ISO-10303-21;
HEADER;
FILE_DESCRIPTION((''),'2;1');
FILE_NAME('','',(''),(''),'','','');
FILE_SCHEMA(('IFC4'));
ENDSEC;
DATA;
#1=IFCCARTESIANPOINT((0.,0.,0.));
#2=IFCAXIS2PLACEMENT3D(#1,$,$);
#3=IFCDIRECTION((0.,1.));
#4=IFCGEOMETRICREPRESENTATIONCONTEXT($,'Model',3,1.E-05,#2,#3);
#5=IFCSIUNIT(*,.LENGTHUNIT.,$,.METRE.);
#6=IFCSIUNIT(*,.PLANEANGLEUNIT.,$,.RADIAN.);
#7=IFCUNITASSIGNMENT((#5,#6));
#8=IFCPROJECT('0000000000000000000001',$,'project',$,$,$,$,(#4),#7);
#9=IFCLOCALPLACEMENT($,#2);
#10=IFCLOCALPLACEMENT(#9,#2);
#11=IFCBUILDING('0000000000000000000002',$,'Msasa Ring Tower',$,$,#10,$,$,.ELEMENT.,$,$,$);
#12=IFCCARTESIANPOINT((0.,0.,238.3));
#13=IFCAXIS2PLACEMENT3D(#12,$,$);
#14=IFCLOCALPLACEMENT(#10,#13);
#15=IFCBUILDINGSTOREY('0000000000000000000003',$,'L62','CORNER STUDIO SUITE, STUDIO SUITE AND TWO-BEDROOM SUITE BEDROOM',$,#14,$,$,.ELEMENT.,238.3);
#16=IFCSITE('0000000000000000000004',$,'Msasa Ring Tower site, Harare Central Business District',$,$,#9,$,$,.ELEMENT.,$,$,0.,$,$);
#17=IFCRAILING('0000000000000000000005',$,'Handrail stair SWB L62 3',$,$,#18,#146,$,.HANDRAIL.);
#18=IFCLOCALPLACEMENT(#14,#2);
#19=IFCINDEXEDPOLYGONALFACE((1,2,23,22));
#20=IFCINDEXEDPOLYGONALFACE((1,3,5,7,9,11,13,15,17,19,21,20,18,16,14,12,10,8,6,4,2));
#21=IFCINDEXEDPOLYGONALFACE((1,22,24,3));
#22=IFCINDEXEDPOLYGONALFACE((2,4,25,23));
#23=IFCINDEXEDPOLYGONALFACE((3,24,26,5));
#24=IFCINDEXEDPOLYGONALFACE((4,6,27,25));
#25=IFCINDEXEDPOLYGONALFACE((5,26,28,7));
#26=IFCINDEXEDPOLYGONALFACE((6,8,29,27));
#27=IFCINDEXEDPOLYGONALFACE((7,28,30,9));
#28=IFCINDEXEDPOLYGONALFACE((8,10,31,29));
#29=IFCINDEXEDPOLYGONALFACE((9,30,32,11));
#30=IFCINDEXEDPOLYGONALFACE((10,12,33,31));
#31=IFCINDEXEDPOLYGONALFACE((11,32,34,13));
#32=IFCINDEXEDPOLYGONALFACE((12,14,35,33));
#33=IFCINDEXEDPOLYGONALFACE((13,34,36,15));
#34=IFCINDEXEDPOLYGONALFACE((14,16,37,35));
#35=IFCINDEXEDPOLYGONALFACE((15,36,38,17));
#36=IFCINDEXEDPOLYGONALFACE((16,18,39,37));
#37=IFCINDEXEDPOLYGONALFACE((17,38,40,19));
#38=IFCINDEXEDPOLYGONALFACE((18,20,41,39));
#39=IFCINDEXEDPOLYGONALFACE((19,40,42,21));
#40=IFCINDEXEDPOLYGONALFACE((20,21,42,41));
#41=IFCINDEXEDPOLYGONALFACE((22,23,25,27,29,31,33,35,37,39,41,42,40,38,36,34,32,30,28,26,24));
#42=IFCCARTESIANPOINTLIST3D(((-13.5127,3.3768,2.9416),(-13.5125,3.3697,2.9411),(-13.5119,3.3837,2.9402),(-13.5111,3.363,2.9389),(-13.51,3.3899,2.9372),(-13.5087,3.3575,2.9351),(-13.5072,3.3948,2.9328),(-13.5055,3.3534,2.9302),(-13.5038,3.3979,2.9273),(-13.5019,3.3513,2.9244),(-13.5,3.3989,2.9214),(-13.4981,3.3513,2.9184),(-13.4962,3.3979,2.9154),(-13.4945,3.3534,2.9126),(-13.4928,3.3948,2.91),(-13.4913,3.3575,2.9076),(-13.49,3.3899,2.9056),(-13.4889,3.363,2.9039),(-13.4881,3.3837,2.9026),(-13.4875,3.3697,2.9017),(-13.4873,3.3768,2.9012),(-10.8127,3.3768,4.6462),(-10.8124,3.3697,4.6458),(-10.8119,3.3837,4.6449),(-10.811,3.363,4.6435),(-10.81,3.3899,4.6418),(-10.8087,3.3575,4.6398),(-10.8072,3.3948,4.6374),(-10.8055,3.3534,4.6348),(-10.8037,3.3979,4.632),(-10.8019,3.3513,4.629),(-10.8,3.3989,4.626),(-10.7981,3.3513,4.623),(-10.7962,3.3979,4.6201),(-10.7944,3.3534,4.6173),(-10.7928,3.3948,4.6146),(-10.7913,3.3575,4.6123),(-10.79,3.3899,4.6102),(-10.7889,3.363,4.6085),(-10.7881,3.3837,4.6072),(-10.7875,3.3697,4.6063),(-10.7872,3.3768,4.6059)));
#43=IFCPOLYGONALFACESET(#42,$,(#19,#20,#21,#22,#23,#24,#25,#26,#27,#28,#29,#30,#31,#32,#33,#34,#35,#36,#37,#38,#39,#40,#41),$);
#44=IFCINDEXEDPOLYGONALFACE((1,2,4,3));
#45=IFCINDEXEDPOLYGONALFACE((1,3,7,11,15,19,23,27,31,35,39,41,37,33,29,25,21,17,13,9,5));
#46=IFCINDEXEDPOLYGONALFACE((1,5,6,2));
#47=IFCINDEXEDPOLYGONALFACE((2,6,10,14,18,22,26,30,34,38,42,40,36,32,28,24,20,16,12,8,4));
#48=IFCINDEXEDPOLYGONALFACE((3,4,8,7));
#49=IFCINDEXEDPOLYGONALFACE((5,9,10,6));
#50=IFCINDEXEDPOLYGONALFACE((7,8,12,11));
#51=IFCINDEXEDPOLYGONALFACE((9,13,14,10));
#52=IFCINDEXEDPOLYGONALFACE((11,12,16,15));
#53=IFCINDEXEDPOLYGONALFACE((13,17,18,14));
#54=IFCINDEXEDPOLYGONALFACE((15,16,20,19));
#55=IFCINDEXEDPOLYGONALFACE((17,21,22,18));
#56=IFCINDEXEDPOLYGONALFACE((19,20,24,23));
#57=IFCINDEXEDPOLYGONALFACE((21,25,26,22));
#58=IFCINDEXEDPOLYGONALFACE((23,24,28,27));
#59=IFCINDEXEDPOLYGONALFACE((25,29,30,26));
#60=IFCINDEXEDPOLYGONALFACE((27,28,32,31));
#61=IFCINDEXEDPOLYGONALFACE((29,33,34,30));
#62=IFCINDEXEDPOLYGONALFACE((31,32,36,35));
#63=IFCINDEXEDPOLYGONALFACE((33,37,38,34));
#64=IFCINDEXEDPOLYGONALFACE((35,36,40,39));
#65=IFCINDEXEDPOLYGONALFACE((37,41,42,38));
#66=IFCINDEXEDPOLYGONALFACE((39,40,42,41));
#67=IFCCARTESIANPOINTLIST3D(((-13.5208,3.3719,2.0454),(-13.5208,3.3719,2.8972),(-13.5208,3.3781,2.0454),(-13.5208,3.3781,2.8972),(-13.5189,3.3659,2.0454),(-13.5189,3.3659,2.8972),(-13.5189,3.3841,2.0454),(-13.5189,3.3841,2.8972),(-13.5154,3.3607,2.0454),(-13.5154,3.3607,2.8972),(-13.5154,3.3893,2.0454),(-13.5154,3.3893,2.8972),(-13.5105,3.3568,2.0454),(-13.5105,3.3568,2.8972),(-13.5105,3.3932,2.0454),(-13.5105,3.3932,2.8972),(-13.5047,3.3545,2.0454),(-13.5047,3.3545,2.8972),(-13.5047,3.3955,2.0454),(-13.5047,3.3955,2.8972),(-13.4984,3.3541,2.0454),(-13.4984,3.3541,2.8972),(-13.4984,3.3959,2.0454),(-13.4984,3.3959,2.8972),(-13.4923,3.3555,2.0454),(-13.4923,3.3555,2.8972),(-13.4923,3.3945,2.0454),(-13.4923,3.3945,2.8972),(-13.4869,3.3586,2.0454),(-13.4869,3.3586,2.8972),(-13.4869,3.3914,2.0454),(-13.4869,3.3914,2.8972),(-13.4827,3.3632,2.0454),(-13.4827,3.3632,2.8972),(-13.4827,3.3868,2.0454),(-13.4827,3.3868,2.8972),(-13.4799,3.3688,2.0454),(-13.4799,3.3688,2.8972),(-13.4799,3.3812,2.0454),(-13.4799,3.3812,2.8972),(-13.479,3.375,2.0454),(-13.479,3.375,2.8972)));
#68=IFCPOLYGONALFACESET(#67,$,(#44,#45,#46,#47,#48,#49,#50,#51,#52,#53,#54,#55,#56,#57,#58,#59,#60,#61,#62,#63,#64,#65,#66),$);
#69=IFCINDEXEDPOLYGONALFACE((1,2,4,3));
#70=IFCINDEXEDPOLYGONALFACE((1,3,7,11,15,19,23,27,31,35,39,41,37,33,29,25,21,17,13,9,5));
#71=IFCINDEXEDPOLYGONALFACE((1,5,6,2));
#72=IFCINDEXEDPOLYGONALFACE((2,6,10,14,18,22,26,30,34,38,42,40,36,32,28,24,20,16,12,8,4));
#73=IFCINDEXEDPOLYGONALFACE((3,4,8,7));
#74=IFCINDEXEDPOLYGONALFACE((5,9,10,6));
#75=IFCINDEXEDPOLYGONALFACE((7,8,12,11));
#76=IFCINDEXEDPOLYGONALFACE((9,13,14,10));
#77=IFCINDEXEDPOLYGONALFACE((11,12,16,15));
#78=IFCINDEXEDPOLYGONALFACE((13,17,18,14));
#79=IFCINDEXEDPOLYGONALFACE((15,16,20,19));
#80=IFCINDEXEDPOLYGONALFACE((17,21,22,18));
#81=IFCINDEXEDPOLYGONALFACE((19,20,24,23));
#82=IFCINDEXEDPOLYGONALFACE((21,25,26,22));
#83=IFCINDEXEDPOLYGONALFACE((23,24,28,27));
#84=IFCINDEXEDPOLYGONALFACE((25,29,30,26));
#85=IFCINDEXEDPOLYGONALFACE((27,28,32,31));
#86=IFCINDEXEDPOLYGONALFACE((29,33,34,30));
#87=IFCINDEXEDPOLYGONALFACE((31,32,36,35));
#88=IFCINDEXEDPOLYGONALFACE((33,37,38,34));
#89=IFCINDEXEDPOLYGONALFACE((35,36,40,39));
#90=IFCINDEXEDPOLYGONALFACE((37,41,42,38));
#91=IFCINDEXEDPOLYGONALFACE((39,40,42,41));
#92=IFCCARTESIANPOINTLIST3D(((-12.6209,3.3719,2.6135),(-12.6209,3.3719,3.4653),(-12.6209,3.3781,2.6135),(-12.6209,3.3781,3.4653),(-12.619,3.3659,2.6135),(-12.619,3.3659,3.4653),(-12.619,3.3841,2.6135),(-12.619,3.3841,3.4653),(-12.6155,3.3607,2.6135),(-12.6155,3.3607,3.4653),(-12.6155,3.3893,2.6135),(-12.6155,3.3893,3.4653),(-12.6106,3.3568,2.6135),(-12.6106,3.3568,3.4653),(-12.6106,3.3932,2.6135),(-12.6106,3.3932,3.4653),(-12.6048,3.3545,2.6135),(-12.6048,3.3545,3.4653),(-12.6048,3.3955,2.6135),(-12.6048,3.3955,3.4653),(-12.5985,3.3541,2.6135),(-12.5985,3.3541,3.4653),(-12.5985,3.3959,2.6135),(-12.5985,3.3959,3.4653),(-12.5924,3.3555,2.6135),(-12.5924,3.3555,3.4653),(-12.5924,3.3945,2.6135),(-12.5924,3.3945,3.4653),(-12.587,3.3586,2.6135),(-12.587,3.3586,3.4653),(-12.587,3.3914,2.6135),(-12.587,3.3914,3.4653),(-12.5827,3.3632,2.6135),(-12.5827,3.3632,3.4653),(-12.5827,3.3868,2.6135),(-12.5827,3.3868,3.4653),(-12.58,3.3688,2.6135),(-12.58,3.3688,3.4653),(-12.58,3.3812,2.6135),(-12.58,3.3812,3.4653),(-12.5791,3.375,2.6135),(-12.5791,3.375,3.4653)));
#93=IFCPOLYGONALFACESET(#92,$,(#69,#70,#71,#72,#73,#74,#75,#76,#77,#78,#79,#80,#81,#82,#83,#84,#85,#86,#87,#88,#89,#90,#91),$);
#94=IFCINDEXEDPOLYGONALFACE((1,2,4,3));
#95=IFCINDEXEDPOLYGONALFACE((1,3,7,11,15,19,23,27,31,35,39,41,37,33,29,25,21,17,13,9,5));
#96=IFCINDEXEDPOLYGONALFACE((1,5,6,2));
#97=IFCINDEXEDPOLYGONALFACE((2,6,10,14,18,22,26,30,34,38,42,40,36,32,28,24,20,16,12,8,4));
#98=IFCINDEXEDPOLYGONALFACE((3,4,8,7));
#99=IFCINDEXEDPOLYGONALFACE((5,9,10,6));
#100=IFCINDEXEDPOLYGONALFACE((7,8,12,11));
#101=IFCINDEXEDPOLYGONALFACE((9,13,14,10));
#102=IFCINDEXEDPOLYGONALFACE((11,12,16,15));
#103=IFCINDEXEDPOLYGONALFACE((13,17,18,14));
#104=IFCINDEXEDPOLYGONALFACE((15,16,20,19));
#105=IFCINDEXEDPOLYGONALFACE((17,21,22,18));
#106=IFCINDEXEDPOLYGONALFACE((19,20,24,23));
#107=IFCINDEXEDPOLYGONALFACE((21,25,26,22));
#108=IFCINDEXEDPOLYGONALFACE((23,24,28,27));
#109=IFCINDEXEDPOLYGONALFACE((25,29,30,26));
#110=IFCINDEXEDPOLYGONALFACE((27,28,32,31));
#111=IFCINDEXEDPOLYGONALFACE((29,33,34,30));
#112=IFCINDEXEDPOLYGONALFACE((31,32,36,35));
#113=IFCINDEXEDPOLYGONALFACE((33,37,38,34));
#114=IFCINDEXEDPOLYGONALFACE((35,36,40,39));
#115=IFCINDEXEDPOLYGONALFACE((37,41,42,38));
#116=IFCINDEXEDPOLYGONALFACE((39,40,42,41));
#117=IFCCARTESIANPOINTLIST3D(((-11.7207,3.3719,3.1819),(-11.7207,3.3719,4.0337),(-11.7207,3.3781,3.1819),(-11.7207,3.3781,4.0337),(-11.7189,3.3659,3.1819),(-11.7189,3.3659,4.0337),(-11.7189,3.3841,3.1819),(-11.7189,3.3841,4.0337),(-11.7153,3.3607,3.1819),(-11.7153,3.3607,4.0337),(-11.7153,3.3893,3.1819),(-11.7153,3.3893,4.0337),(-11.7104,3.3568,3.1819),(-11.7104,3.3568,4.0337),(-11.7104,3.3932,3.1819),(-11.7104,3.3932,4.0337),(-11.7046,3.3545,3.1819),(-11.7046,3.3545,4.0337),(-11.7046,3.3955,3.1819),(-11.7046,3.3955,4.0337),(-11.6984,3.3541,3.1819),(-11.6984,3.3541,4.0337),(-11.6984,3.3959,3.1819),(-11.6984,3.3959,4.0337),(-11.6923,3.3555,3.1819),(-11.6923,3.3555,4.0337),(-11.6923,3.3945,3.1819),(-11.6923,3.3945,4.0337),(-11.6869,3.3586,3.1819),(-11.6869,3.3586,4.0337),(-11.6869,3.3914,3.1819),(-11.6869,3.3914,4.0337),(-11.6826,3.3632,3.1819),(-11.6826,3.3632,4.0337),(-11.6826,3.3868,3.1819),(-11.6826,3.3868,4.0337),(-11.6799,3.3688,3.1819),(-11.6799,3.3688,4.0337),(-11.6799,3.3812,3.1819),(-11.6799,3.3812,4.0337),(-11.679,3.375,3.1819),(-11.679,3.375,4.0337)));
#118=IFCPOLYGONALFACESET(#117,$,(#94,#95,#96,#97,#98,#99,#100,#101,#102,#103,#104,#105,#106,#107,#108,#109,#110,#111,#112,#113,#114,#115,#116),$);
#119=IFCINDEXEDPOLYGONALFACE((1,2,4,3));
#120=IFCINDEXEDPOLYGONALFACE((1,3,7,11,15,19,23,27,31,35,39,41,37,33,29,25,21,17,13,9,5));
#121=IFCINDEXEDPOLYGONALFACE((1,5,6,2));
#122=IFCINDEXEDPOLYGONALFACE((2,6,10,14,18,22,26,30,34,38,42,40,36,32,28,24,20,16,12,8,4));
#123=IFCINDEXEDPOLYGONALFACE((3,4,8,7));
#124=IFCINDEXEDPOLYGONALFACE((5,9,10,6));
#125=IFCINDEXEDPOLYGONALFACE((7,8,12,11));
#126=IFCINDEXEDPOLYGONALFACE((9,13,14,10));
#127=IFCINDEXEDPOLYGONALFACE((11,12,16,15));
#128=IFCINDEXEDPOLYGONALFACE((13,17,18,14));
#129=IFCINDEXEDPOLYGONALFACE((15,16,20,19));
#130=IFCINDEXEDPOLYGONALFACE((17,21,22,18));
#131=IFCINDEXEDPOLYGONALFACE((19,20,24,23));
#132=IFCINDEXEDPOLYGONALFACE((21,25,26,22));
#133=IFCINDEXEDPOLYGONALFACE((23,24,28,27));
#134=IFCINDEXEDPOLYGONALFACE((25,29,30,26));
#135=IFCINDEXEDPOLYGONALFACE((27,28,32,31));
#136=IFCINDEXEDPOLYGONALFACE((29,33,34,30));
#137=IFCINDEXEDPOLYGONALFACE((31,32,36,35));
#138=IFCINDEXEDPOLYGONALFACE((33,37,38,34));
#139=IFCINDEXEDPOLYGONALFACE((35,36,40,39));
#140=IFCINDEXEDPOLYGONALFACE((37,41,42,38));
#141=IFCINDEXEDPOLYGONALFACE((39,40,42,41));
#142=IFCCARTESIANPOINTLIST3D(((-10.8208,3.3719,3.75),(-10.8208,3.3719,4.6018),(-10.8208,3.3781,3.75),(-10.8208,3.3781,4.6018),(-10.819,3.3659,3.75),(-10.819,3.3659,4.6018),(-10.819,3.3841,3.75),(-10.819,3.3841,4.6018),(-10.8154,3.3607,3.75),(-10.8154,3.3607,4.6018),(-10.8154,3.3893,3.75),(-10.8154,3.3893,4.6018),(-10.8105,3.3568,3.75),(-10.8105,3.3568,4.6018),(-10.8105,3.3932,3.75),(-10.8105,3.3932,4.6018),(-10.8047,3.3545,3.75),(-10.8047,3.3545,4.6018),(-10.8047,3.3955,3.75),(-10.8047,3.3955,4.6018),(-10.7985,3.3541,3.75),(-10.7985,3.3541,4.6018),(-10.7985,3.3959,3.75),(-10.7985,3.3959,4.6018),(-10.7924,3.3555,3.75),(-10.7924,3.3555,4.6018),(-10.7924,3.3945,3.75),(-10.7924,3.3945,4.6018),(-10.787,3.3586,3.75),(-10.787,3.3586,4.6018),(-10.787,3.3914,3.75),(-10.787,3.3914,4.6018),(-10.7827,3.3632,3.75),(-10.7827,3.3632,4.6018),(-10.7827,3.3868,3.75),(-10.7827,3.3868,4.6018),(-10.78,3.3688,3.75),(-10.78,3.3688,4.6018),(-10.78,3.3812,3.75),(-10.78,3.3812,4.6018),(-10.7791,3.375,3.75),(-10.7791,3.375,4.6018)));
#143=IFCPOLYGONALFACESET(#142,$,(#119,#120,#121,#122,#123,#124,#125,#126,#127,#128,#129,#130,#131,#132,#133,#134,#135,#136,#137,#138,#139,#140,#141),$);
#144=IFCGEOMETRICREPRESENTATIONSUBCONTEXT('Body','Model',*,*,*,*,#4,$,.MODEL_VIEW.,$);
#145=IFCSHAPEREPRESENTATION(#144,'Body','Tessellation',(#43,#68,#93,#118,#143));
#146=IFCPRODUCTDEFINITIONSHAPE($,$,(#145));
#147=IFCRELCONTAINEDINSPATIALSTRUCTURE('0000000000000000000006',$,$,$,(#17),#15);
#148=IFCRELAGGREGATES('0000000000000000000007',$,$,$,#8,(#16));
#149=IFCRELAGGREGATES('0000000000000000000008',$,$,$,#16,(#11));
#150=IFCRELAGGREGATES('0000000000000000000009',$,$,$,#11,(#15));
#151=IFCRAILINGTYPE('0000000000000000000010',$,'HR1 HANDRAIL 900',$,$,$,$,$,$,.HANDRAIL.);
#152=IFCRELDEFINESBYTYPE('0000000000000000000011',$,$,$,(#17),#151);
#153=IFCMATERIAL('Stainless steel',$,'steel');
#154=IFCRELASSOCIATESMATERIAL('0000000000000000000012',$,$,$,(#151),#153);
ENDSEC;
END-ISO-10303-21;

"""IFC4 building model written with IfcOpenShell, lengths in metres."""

from ifc_helpers import new_model, si_unit, direction, frame, origin, origin_2d, place, context, subcontext, project, spatial, circle, extrude, material, type_object, element, save


model = new_model("IFC4")

# Units and contexts
model_context = context("Model", 3, precision=1e-05, world=origin(), true_north=direction((0.0, 1.0)))
body_context = subcontext(model_context, "Body", "Model", "MODEL_VIEW")
ifc_project = project(units=[si_unit("LENGTHUNIT", "METRE"), si_unit("PLANEANGLEUNIT", "RADIAN")], contexts=[model_context])

# Site, building, storey
site_placement = place(None, origin())
site = spatial("IfcSite", under=ifc_project, at=site_placement, Name="Msasa Ring Tower site, Harare Central Business District", CompositionType="ELEMENT", RefElevation=0.0)
building_placement = place(site_placement, origin())
building = spatial("IfcBuilding", under=site, at=building_placement, Name="Msasa Ring Tower", CompositionType="ELEMENT")
storey_placement = place(building_placement, frame((0.0, 0.0, 238.3)))
storey = spatial("IfcBuildingStorey", under=building, at=storey_placement, Name="L62", Description="CORNER STUDIO SUITE, STUDIO SUITE AND TWO-BEDROOM SUITE BEDROOM", CompositionType="ELEMENT", Elevation=238.3)

# Railing
ifc_material_1 = material(Name="Stainless steel", Category="steel")
railing_type = type_object("IfcRailingType", Name="HR1 HANDRAIL 900", PredefinedType="HANDRAIL", material=ifc_material_1)
for number, where, name in (
    (1, (-13.5, 3.375, 2.0454), "Handrail stair SWB L62 3"),
):
    element("IfcRailing", number, at=place(storey_placement, frame(where)), inside=storey, type_object=railing_type, Name=name, PredefinedType="HANDRAIL", context=body_context, shape_type="SweptSolid", body=[
        extrude(circle(Radius=0.0239, at=origin_2d()), frame((0.0, 0.0, 0.876), z_axis=(0.84558, 0.0, 0.533849), x_axis=(0.0, 1.0, 0.0)), (0.0, 0.0, 1.0), 3.1931),
        extrude(circle(Radius=0.021, at=origin_2d()), origin(), (0.0, 0.0, 1.0), 0.8518),
        extrude(circle(Radius=0.021, at=origin_2d()), frame((0.8999, 0.0, 0.5681)), (0.0, 0.0, 1.0), 0.8518),
        extrude(circle(Radius=0.021, at=origin_2d()), frame((1.8, 0.0, 1.1365)), (0.0, 0.0, 1.0), 0.8518),
        extrude(circle(Radius=0.021, at=origin_2d()), frame((2.7, 0.0, 1.7046)), (0.0, 0.0, 1.0), 0.8518),
    ])

save(model, "model.ifc")
